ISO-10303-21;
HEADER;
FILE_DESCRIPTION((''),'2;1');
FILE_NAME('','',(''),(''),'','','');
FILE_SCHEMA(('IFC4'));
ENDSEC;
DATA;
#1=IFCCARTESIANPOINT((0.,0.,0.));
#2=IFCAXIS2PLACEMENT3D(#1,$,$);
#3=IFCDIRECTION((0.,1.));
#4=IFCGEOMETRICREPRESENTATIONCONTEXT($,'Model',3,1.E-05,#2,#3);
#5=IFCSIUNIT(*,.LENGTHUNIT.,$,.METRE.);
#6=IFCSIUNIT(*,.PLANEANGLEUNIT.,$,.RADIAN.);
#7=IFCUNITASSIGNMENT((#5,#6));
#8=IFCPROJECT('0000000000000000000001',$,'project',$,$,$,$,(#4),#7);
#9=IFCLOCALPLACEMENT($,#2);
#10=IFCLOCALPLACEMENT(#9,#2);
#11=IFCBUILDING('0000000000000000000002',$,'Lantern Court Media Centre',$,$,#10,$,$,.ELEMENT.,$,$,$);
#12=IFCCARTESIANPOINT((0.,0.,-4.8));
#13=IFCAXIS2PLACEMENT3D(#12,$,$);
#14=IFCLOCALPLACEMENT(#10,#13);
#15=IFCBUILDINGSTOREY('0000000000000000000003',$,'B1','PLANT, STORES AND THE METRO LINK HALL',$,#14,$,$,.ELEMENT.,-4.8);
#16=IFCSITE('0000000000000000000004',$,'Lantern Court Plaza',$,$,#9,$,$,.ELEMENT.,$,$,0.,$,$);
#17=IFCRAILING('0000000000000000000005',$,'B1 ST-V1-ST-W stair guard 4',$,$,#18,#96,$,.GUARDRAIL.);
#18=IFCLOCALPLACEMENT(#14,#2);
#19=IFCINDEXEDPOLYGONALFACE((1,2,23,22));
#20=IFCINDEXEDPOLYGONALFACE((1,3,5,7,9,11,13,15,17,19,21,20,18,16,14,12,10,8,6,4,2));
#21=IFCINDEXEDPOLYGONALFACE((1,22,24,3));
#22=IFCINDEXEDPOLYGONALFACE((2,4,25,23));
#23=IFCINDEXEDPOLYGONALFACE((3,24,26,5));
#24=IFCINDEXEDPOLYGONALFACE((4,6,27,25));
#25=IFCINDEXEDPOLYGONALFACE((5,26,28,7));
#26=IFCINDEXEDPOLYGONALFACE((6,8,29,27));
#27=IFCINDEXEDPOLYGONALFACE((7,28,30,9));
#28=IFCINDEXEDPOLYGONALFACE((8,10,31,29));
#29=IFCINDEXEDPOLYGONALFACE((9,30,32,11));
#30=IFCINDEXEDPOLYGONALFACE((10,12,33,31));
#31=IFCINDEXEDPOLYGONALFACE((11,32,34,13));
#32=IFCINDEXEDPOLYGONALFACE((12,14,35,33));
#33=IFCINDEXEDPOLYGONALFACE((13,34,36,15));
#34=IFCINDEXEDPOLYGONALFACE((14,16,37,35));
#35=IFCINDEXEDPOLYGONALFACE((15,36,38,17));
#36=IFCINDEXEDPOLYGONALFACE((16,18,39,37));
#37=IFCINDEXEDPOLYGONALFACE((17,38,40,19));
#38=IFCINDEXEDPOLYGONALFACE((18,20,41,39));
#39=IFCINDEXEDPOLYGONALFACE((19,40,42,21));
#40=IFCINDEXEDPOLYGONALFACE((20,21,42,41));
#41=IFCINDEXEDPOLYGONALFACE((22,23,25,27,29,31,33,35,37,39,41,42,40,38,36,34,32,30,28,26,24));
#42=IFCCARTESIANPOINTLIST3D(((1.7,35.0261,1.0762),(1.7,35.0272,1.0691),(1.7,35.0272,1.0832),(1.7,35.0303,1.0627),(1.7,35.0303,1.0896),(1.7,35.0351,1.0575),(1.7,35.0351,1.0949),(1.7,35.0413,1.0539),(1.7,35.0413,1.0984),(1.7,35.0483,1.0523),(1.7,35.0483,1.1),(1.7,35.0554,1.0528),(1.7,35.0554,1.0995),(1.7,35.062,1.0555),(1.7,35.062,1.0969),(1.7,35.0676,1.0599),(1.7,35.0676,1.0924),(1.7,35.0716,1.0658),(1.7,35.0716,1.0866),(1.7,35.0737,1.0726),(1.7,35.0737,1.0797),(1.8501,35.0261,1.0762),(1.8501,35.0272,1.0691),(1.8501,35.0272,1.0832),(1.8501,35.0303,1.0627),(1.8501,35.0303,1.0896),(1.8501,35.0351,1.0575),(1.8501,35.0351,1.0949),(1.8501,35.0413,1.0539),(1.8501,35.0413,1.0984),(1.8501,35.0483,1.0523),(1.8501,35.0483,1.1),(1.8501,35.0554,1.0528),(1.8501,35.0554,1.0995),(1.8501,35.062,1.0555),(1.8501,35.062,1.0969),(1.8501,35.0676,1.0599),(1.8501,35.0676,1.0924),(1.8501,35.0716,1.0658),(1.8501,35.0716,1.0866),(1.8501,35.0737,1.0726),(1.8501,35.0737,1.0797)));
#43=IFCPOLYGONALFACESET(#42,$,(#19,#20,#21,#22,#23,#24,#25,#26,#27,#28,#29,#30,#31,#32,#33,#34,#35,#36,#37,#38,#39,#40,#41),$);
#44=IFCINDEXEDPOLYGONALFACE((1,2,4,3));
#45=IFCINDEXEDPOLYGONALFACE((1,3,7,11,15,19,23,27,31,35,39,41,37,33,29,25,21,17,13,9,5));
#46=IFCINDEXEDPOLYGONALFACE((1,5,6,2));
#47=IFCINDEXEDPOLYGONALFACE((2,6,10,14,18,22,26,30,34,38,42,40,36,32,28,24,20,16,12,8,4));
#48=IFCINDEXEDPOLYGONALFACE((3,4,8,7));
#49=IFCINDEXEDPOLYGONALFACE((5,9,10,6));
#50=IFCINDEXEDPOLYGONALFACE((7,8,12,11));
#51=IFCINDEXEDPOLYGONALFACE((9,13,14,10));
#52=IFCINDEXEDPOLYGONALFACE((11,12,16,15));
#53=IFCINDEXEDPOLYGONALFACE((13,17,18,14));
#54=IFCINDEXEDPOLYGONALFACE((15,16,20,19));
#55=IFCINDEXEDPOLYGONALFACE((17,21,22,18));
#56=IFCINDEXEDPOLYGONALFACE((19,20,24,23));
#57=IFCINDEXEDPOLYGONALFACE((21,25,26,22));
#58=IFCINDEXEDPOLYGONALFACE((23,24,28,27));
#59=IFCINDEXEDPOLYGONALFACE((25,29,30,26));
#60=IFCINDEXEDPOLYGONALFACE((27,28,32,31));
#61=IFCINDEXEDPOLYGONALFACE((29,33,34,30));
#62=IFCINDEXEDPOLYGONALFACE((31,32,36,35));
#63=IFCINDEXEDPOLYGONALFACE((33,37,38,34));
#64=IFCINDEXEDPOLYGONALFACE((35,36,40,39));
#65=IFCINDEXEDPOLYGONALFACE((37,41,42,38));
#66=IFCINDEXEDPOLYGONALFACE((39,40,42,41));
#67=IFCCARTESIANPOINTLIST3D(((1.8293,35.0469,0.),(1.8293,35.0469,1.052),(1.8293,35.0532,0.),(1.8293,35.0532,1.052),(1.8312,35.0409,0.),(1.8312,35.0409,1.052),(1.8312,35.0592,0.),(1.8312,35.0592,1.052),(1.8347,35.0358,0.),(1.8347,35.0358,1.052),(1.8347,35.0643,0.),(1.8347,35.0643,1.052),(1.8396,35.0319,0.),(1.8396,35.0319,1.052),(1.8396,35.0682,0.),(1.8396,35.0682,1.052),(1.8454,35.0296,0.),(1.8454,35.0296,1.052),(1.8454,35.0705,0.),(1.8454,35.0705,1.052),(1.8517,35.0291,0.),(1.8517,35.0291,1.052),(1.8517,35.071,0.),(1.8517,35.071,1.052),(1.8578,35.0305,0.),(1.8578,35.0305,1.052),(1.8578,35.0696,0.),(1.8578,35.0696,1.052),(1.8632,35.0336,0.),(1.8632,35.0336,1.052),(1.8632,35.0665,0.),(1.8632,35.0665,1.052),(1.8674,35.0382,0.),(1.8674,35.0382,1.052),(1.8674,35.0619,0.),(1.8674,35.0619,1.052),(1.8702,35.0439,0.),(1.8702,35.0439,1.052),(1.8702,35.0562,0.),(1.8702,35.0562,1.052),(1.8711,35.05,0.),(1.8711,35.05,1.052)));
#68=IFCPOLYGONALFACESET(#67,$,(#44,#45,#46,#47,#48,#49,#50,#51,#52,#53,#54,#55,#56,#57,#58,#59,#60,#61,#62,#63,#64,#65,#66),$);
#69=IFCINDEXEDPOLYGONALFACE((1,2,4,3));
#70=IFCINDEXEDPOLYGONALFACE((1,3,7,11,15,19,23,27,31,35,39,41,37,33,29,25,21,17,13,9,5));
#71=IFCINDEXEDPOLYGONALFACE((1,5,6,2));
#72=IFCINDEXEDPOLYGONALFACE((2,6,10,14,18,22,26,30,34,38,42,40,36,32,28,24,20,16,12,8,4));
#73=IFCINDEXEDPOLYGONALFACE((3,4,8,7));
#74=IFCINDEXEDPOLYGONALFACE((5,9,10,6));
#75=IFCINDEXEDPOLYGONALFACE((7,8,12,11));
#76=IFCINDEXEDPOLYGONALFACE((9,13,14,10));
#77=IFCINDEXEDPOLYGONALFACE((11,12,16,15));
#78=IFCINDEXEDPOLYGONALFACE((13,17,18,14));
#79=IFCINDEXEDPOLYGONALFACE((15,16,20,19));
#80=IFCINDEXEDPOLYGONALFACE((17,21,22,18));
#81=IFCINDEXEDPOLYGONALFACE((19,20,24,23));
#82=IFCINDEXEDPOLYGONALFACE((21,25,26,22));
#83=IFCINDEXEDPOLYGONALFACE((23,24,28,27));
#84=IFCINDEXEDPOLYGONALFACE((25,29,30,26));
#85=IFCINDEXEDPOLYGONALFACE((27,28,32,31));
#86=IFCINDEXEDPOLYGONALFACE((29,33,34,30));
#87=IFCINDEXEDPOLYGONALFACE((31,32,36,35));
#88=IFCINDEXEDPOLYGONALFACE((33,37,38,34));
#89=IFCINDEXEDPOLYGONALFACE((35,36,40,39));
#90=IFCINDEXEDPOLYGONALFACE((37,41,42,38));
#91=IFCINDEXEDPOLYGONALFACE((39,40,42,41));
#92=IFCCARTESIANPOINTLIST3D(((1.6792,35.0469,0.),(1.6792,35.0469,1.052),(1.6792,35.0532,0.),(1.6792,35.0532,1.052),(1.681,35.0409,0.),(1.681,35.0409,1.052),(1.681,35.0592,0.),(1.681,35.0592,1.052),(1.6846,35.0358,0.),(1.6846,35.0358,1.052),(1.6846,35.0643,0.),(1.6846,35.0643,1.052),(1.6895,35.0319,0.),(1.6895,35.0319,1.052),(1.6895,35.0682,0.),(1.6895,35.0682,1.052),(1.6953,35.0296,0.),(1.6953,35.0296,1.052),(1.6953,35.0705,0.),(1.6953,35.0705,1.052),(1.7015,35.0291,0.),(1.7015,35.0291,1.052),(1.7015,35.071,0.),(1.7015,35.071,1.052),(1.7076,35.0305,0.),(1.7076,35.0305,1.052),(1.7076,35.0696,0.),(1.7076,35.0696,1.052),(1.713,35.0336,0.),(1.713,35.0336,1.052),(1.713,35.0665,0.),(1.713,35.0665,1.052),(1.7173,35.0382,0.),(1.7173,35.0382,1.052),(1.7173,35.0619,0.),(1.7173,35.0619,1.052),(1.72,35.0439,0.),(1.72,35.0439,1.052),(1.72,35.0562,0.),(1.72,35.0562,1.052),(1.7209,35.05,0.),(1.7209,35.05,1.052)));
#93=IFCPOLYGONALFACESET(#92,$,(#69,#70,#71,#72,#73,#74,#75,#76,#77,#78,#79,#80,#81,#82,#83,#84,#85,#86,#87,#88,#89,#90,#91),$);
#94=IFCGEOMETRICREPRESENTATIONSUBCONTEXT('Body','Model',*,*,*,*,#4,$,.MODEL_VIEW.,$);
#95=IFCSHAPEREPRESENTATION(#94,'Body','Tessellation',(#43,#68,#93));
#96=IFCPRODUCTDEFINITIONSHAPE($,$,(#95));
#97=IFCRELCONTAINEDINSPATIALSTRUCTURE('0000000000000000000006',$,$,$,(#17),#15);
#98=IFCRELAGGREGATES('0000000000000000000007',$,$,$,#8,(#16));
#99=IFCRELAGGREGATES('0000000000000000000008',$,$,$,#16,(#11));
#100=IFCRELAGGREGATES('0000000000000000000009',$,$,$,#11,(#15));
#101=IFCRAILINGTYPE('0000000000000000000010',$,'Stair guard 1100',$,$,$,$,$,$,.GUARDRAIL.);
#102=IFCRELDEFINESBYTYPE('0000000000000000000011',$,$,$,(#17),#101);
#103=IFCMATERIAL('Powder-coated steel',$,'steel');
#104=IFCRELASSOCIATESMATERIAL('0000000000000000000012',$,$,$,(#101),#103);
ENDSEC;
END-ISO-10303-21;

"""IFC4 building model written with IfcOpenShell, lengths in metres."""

from ifc_helpers import new_model, si_unit, direction, frame, origin, origin_2d, place, context, subcontext, project, spatial, circle, extrude, material, type_object, element, save


model = new_model("IFC4")

# Units and contexts
model_context = context("Model", 3, precision=1e-05, world=origin(), true_north=direction((0.0, 1.0)))
body_context = subcontext(model_context, "Body", "Model", "MODEL_VIEW")
ifc_project = project(units=[si_unit("LENGTHUNIT", "METRE"), si_unit("PLANEANGLEUNIT", "RADIAN")], contexts=[model_context])

# Site, building, storey
site_placement = place(None, origin())
site = spatial("IfcSite", under=ifc_project, at=site_placement, Name="Lantern Court Plaza", CompositionType="ELEMENT", RefElevation=0.0)
building_placement = place(site_placement, origin())
building = spatial("IfcBuilding", under=site, at=building_placement, Name="Lantern Court Media Centre", CompositionType="ELEMENT")
storey_placement = place(building_placement, frame((0.0, 0.0, -4.8)))
storey = spatial("IfcBuildingStorey", under=building, at=storey_placement, Name="B1", Description="PLANT, STORES AND THE METRO LINK HALL", CompositionType="ELEMENT", Elevation=-4.8)

# Railing
ifc_material_1 = material(Name="Powder-coated steel", Category="steel")
railing_type = type_object("IfcRailingType", Name="Stair guard 1100", PredefinedType="GUARDRAIL", material=ifc_material_1)
railing_1_placement = place(storey_placement, frame((1.8501, 35.05, 0.0)))
element("IfcRailing", 1, at=railing_1_placement, inside=storey, type_object=railing_type, Name="B1 ST-V1-ST-W stair guard 4", PredefinedType="GUARDRAIL", context=body_context, shape_type="SweptSolid", body=[
    extrude(circle(Radius=0.0239, at=origin_2d()), frame((0.0, 0.0, 1.0762), z_axis=(-1.0, 0.0, 0.0), x_axis=(0.0, -1.0, 0.0)), (0.0, 0.0, 1.0), 0.1501),
    extrude(circle(Radius=0.021, at=origin_2d()), origin(), (0.0, 0.0, 1.0), 1.052),
    extrude(circle(Radius=0.021, at=origin_2d()), frame((-0.1501, 0.0, 0.0)), (0.0, 0.0, 1.0), 1.052),
])

save(model, "model.ifc")
